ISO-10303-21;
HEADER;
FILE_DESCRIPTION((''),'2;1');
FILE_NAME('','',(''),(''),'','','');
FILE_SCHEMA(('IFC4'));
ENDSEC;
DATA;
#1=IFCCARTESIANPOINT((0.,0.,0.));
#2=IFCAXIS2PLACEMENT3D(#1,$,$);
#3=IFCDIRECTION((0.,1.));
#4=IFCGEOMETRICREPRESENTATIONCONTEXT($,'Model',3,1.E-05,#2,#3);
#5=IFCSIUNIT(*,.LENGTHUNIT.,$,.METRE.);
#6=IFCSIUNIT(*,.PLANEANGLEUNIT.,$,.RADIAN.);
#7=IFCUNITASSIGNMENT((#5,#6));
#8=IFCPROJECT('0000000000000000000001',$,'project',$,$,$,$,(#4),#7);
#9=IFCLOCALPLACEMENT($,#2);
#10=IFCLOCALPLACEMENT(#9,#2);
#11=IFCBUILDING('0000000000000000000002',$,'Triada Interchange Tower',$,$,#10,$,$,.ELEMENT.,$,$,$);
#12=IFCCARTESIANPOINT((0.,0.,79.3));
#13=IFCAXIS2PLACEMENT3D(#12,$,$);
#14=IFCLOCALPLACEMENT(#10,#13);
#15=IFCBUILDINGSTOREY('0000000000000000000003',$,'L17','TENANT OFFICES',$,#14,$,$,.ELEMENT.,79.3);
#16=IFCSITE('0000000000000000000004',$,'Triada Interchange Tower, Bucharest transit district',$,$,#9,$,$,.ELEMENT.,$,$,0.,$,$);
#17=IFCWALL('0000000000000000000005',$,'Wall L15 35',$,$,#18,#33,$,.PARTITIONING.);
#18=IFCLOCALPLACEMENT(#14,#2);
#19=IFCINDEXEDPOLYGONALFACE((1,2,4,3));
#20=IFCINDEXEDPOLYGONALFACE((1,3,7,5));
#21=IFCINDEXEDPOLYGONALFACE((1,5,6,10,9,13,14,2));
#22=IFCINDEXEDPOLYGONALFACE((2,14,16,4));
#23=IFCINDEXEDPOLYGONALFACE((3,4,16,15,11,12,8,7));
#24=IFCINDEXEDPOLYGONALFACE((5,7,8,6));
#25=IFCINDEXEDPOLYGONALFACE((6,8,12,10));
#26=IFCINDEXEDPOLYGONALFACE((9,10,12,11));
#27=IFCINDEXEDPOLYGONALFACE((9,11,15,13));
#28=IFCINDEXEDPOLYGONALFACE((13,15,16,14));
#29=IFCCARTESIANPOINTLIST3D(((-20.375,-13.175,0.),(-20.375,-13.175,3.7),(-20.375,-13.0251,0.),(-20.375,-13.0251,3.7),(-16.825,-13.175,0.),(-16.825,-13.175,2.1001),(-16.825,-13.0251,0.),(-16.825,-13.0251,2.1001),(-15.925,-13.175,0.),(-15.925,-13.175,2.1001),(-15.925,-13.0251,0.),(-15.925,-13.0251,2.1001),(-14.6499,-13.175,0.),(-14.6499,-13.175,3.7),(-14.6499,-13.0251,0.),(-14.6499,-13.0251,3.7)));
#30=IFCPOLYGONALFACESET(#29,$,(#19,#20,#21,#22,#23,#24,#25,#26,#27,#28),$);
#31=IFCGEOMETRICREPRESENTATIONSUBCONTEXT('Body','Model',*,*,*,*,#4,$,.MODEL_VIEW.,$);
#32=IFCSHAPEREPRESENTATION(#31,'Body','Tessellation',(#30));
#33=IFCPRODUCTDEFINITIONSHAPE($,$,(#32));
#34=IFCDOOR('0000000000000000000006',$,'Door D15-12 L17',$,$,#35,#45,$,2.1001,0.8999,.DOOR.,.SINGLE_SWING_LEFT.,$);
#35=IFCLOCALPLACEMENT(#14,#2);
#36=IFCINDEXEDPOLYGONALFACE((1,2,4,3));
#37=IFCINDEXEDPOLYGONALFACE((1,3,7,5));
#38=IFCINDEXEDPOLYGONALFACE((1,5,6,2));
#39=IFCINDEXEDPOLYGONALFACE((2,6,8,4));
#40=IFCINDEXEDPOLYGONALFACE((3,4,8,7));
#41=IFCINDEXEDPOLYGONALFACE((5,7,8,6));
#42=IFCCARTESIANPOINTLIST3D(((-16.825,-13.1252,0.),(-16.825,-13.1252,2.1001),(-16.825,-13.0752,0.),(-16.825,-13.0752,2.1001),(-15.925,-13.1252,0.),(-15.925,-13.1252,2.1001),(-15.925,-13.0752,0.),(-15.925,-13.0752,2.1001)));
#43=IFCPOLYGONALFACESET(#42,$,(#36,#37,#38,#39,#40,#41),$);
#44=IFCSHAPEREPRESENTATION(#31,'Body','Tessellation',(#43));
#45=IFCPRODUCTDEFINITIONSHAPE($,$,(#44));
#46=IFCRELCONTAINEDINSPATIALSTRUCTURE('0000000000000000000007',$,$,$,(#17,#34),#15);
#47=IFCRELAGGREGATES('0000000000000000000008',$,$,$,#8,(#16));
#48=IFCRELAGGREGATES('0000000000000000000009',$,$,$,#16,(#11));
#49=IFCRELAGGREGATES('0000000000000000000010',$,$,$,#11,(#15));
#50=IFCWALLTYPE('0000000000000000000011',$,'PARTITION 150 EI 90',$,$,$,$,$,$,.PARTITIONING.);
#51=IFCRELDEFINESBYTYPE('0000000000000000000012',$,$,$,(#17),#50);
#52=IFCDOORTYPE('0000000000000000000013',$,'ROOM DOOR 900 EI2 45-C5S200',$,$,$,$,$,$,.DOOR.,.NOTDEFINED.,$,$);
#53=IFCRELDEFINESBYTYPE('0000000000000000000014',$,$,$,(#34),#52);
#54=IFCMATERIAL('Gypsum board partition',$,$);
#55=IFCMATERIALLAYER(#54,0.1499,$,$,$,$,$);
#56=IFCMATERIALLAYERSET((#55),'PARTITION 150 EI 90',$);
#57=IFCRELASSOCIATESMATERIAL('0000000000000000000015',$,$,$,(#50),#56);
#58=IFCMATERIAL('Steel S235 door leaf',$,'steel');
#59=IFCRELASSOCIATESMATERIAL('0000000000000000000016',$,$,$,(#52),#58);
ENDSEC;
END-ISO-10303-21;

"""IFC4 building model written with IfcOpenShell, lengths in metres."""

from ifc_helpers import new_model, si_unit, direction, frame, frame_2d, origin, place, context, subcontext, project, spatial, rectangle, extrude, material, layer, layer_set, type_object, element, fill, save


model = new_model("IFC4")

# Units and contexts
model_context = context("Model", 3, precision=1e-05, world=origin(), true_north=direction((0.0, 1.0)))
body_context = subcontext(model_context, "Body", "Model", "MODEL_VIEW")
ifc_project = project(units=[si_unit("LENGTHUNIT", "METRE"), si_unit("PLANEANGLEUNIT", "RADIAN")], contexts=[model_context])

# Site, building, storey
site_placement = place(None, origin())
site = spatial("IfcSite", under=ifc_project, at=site_placement, Name="Triada Interchange Tower, Bucharest transit district", CompositionType="ELEMENT", RefElevation=0.0)
building_placement = place(site_placement, origin())
building = spatial("IfcBuilding", under=site, at=building_placement, Name="Triada Interchange Tower", CompositionType="ELEMENT")
storey_placement = place(building_placement, frame((0.0, 0.0, 79.3)))
storey = spatial("IfcBuildingStorey", under=building, at=storey_placement, Name="L17", Description="TENANT OFFICES", CompositionType="ELEMENT", Elevation=79.3)

# Shared definitions
ifc_material_1 = material(Name="Gypsum board partition")
ifc_material_2 = material(Name="Steel S235 door leaf", Category="steel")

# Wall, opening, door
ifc_layer_1 = layer(ifc_material_1, 0.1499)
ifc_layer_set_1 = layer_set([ifc_layer_1], Name="PARTITION 150 EI 90")
wall_type_1 = type_object("IfcWallType", Name="PARTITION 150 EI 90", PredefinedType="PARTITIONING", material=ifc_layer_set_1)
wall_1_placement = place(storey_placement, frame((-20.375, -13.1001, 0.0), z_axis=(0.0, 0.0, 1.0), x_axis=(1.0, 0.0, 0.0)))
wall_1 = element("IfcWall", 1, at=wall_1_placement, inside=storey, type_object=wall_type_1, Name="Wall L15 35", PredefinedType="PARTITIONING", context=body_context, shape_type="SweptSolid", body=[
    extrude(rectangle(XDim=5.7251, YDim=0.1499, at=frame_2d((2.8625, 0.0))), origin(), (0.0, 0.0, 1.0), 3.7),
])
opening_1_placement = place(wall_1_placement, frame((3.55, 0.0, 0.0)))
opening_1 = element("IfcOpeningElement", 2, at=opening_1_placement, cuts=wall_1, PredefinedType="OPENING", context=body_context, shape_type="SweptSolid", body=[
    extrude(rectangle(XDim=0.8999, YDim=2.1001, at=frame_2d((0.45, 1.05))), frame((0.0, 0.085, 0.0), z_axis=(0.0, -1.0, 0.0), x_axis=(1.0, 0.0, 0.0)), (0.0, 0.0, 1.0), 0.1699),
])
door_type_1 = type_object("IfcDoorType", Name="ROOM DOOR 900 EI2 45-C5S200", OperationType="NOTDEFINED", PredefinedType="DOOR", material=ifc_material_2)
door_1_placement = place(opening_1_placement, origin())
door_1 = element("IfcDoor", 3, at=door_1_placement, inside=storey, type_object=door_type_1, Name="Door D15-12 L17", OperationType="SINGLE_SWING_LEFT", OverallHeight=2.1001, OverallWidth=0.8999, PredefinedType="DOOR", context=body_context, shape_type="SweptSolid", body=[
    extrude(rectangle(XDim=0.8999, YDim=2.1001, at=frame_2d((0.45, 1.05))), frame((0.0, 0.0249, 0.0), z_axis=(0.0, -1.0, 0.0), x_axis=(1.0, 0.0, 0.0)), (0.0, 0.0, 1.0), 0.05),
])
fill(opening_1, door_1)

save(model, "model.ifc")
